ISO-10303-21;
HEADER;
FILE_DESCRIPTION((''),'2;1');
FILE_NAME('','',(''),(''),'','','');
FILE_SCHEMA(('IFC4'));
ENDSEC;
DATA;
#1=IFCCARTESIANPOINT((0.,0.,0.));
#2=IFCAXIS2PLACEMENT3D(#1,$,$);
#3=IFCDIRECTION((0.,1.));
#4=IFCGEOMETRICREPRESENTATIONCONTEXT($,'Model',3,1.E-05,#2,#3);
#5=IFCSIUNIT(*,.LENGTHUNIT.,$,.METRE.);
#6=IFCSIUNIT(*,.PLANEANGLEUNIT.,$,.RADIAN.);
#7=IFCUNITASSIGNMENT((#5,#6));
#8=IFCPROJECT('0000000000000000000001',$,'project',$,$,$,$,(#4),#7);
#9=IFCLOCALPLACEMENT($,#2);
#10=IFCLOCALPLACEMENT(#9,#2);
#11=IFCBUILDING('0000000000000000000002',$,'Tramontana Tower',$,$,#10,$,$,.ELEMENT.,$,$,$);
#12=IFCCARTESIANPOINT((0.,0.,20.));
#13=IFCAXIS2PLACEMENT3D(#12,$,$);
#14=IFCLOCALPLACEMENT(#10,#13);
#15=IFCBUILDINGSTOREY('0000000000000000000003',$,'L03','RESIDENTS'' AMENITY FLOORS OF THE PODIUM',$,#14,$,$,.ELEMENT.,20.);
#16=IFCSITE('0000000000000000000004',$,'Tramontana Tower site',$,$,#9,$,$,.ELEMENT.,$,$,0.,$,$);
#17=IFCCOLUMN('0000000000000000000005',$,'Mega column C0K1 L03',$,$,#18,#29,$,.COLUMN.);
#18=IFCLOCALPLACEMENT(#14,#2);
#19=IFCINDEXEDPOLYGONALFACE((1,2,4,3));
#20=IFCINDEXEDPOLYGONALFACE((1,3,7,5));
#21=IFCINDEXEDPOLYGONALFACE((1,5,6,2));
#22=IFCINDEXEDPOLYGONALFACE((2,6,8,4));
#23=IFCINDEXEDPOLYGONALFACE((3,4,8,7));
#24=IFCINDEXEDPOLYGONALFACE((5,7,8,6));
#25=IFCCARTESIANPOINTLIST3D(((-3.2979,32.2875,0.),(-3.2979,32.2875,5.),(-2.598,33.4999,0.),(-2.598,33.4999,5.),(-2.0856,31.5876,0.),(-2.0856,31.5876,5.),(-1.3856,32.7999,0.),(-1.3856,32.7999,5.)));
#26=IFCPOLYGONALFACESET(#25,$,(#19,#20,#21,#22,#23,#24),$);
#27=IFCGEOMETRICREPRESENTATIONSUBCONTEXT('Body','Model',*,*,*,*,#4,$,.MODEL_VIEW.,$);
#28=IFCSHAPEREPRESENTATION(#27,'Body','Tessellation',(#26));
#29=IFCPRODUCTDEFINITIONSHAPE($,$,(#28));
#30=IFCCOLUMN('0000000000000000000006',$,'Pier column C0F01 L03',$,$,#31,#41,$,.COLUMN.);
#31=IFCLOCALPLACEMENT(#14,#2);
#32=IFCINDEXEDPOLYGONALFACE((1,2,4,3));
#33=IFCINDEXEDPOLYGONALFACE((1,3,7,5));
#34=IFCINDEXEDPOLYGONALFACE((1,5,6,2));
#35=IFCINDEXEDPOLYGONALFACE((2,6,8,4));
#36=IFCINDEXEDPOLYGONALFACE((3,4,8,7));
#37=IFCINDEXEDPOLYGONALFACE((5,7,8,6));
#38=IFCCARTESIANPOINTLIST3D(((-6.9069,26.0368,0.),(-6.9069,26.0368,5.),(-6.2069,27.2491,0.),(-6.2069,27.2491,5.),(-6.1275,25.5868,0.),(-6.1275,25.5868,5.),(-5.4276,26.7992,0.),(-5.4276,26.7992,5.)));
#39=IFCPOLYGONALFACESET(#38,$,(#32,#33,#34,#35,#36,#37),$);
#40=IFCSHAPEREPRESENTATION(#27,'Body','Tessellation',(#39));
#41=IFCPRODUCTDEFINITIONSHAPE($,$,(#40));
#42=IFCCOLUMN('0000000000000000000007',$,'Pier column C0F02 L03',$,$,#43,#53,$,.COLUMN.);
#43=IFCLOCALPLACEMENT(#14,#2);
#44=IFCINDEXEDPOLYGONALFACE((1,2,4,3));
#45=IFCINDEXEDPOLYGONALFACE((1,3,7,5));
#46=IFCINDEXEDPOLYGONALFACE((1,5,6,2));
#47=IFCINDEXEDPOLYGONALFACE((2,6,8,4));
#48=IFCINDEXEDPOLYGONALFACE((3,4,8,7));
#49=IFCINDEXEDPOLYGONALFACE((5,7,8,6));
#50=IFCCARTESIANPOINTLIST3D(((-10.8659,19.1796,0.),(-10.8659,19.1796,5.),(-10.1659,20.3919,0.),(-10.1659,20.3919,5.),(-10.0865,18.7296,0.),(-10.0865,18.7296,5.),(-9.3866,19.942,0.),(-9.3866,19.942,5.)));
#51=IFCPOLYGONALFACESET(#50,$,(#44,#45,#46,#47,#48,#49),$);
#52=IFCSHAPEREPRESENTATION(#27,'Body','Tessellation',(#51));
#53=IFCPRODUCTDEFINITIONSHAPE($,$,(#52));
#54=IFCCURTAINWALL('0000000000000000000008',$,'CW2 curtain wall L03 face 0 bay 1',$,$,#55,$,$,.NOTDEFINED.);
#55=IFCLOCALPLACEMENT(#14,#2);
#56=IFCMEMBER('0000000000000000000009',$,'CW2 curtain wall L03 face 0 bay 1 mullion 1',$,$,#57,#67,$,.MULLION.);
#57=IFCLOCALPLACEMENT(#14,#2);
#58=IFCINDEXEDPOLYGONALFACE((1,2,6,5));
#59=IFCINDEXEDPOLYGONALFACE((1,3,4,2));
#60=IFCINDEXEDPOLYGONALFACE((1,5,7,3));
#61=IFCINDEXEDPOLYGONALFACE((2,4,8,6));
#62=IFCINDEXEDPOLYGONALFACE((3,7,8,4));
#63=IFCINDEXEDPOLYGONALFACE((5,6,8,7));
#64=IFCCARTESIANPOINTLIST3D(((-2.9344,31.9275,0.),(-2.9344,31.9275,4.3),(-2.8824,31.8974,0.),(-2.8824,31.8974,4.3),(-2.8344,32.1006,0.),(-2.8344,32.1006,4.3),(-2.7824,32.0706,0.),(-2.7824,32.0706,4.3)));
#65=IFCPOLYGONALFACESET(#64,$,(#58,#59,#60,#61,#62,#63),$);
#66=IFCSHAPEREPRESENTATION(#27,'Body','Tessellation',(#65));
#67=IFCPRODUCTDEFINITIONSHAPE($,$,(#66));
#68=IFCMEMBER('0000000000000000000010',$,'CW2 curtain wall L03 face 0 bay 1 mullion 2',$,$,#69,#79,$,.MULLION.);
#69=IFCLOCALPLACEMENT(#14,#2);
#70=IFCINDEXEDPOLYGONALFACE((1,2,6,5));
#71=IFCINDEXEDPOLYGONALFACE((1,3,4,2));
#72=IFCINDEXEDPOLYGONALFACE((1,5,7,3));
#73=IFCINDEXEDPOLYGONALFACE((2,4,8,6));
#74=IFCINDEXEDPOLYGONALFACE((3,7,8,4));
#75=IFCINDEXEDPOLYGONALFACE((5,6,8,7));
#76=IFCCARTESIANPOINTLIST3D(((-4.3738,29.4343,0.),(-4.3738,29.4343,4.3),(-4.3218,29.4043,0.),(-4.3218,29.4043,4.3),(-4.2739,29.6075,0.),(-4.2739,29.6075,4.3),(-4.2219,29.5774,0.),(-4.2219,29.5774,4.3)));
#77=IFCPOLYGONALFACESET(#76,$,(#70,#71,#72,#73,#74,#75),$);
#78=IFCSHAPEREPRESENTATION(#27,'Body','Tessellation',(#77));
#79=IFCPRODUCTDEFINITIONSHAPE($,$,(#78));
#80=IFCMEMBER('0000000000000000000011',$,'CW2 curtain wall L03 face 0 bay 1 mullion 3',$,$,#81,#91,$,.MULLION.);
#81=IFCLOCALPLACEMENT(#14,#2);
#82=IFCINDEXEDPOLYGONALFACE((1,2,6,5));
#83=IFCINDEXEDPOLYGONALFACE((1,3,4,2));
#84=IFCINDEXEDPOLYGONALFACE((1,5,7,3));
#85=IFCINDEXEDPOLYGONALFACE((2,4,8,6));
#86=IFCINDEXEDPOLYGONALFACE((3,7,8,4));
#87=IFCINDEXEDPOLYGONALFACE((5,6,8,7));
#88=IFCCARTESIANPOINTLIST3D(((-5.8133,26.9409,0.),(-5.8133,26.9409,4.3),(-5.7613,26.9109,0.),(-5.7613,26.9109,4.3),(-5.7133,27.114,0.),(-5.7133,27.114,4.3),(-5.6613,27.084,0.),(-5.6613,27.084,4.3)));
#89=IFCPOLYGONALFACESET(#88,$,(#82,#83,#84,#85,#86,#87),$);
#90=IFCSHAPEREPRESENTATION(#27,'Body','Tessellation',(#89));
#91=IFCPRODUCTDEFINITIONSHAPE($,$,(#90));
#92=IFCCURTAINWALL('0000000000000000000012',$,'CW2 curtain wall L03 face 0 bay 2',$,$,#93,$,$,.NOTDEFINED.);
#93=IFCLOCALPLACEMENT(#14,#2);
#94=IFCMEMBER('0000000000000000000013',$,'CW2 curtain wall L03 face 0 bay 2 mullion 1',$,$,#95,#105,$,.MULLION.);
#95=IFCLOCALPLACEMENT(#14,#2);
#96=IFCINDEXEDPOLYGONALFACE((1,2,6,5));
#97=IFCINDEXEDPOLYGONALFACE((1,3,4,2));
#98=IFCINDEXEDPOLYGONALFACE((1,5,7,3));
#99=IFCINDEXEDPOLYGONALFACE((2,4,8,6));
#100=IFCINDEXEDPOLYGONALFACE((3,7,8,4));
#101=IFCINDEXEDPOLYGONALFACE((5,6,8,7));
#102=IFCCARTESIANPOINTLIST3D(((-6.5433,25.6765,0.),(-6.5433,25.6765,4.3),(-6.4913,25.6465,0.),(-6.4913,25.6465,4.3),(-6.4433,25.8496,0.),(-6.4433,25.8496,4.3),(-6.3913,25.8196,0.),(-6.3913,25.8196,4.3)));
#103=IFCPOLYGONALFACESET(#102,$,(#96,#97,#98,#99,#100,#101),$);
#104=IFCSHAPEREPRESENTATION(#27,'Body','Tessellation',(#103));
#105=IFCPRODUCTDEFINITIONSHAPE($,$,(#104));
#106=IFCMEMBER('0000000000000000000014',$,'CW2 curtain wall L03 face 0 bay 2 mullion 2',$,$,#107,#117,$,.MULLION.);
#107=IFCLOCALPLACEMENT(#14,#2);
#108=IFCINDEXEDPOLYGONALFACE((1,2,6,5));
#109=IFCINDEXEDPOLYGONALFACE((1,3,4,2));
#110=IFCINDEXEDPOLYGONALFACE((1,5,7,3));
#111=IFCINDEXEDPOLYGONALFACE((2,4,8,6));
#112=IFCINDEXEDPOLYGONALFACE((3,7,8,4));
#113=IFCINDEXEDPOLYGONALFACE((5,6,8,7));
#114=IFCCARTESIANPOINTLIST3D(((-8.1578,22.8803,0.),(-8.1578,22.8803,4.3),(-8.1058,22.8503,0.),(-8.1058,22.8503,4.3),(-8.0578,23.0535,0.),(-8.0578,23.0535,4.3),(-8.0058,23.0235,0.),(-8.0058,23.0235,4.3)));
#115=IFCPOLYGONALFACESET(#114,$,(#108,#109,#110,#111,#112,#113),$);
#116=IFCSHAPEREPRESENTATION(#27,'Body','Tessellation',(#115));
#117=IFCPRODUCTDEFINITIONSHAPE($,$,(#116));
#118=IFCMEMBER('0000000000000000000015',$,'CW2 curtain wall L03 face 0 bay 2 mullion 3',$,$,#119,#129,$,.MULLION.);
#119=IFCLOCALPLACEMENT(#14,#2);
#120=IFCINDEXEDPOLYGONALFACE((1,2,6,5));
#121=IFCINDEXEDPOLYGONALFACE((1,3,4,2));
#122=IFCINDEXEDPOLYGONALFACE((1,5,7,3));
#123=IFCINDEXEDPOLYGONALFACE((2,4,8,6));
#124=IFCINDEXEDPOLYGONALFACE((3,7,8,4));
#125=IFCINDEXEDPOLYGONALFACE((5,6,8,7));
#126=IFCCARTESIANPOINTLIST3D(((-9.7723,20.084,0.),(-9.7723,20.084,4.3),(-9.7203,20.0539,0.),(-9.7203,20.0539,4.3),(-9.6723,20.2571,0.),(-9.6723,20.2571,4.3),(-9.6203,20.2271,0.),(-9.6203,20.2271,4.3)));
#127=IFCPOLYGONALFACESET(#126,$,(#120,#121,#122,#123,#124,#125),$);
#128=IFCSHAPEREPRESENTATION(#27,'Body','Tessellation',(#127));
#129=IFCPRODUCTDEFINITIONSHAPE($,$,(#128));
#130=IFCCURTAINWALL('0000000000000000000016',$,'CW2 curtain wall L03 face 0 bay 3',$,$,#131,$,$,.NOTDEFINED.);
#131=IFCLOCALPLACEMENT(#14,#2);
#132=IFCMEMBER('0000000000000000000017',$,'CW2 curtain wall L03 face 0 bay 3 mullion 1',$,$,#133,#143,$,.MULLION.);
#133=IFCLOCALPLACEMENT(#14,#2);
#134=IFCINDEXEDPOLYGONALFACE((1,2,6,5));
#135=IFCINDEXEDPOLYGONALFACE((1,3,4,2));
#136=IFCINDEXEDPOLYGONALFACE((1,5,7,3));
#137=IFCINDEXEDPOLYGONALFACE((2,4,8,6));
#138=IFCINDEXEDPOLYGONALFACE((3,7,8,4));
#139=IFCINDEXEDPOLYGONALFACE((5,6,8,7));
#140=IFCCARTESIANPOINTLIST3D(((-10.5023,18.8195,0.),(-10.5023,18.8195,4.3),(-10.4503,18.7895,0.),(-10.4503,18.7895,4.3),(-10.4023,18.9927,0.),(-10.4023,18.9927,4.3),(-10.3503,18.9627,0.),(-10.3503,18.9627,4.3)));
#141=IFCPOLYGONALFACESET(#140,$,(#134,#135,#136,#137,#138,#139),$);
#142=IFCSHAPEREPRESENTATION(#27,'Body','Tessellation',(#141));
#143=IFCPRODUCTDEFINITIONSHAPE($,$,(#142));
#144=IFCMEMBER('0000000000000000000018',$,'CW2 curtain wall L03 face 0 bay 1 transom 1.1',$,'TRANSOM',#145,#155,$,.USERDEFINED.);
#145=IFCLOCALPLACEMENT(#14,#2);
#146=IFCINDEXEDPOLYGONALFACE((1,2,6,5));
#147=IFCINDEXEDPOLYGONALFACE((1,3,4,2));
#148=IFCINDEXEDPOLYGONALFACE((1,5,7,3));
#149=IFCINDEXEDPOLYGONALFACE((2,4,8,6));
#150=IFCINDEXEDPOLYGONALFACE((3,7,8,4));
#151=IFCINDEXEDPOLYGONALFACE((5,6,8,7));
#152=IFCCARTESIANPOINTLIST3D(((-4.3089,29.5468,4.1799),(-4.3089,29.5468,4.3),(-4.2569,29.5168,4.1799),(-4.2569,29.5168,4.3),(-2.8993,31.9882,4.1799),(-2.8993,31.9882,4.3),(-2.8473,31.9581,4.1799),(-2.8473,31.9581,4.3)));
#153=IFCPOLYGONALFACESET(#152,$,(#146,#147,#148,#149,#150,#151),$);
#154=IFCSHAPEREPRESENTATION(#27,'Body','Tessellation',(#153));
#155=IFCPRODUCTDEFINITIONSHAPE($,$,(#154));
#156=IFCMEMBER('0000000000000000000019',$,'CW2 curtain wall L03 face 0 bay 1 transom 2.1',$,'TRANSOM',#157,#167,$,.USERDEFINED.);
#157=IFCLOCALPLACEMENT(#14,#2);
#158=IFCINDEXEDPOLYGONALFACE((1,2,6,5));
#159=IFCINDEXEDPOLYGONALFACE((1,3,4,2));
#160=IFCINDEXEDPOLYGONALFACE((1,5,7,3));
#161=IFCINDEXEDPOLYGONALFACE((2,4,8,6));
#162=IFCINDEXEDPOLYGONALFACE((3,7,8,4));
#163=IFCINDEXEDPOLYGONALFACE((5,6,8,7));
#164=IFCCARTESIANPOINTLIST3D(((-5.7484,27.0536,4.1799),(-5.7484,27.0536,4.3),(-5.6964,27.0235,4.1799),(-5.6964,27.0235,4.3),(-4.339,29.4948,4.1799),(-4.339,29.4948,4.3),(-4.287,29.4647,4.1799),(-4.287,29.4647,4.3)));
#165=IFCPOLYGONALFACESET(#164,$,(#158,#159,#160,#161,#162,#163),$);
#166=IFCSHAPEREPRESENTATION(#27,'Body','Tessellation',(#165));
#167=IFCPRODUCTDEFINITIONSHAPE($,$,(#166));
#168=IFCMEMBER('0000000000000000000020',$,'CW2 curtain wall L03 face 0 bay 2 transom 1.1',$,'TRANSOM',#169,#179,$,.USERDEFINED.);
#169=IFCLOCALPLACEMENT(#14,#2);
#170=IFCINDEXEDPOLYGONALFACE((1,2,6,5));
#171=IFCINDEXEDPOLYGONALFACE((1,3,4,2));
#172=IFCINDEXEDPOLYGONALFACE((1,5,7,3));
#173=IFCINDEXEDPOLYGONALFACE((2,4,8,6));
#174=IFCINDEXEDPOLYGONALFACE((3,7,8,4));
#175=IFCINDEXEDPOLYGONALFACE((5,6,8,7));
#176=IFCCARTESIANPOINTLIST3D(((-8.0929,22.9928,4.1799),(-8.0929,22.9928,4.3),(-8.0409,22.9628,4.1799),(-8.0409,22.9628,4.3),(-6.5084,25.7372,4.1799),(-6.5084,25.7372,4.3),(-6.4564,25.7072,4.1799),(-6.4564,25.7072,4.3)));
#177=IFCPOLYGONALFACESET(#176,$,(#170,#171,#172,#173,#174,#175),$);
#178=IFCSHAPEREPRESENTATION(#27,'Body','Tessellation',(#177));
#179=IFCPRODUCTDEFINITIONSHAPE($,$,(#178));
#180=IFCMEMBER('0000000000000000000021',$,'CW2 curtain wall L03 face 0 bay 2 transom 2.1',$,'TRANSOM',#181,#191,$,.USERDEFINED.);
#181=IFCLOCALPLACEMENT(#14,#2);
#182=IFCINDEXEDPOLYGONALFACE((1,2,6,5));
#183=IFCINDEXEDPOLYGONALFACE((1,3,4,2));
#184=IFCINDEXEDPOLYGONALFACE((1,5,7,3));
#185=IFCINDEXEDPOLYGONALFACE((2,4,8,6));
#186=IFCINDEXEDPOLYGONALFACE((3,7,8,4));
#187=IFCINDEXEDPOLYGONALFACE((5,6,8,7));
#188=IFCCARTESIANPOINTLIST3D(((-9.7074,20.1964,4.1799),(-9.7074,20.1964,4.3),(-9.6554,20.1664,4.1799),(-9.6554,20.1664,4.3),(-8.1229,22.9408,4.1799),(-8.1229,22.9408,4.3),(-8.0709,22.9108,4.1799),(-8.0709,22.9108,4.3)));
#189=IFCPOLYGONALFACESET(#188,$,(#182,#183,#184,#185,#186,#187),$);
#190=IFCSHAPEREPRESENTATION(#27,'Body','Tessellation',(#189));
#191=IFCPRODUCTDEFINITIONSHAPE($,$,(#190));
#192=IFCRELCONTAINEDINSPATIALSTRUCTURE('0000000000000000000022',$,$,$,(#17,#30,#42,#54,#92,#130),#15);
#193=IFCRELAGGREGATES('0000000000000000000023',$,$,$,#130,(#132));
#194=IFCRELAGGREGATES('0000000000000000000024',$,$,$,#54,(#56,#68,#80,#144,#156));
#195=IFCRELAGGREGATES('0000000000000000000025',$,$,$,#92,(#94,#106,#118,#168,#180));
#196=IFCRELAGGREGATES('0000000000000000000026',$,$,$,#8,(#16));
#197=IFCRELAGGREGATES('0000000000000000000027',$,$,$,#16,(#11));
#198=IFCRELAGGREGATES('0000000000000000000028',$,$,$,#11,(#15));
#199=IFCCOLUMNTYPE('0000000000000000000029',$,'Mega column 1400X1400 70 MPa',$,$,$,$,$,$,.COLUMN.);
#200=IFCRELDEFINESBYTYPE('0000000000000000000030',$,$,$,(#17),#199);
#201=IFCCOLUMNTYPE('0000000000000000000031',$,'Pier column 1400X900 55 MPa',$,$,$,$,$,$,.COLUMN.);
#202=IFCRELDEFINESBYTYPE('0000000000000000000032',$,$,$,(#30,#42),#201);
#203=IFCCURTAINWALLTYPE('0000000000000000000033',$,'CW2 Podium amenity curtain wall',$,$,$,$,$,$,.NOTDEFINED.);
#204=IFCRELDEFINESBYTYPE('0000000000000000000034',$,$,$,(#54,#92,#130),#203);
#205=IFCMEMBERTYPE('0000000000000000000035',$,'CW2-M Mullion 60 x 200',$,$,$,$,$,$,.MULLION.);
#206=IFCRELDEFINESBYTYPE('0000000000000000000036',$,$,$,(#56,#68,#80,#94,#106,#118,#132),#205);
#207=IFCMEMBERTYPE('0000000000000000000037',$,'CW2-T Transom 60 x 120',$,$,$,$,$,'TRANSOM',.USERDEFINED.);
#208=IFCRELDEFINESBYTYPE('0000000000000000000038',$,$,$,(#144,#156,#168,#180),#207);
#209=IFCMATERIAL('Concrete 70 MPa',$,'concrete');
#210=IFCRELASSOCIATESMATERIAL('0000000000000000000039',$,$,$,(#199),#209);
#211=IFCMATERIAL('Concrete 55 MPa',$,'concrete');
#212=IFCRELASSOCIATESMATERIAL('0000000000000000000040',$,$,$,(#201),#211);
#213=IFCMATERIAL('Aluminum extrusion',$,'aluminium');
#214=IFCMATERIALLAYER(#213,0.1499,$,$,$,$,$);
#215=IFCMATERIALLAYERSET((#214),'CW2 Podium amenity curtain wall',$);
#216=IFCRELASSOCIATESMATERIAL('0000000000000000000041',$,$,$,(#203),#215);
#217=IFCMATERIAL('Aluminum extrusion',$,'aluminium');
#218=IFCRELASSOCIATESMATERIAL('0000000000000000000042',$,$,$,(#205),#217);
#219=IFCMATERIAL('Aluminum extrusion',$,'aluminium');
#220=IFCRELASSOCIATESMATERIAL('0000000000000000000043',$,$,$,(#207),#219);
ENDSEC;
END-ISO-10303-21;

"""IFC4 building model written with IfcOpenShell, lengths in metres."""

from ifc_helpers import new_model, si_unit, direction, frame, origin, origin_2d, place, context, subcontext, project, spatial, rectangle, extrude, material, layer, layer_set, material_profile, profile_set, type_object, element, aggregate, save


model = new_model("IFC4")

# Units and contexts
model_context = context("Model", 3, precision=1e-05, world=origin(), true_north=direction((0.0, 1.0)))
body_context = subcontext(model_context, "Body", "Model", "MODEL_VIEW")
ifc_project = project(units=[si_unit("LENGTHUNIT", "METRE"), si_unit("PLANEANGLEUNIT", "RADIAN")], contexts=[model_context])

# Site, building, storey
site_placement = place(None, origin())
site = spatial("IfcSite", under=ifc_project, at=site_placement, Name="Tramontana Tower site", CompositionType="ELEMENT", RefElevation=0.0)
building_placement = place(site_placement, origin())
building = spatial("IfcBuilding", under=site, at=building_placement, Name="Tramontana Tower", CompositionType="ELEMENT")
storey_placement = place(building_placement, frame((0.0, 0.0, 20.0)))
storey = spatial("IfcBuildingStorey", under=building, at=storey_placement, Name="L03", Description="RESIDENTS' AMENITY FLOORS OF THE PODIUM", CompositionType="ELEMENT", Elevation=20.0)

# Columns
ifc_material_1 = material(Name="Concrete 70 MPa", Category="concrete")
ifc_material_profile_1 = material_profile(ifc_material_1, rectangle(XDim=1.3999, YDim=1.3999, at=origin_2d()), Name="Mega column 1400X1400 70 MPa")
ifc_profile_set_1 = profile_set([ifc_material_profile_1], Name="Concrete 70 MPa")
column_type_1 = type_object("IfcColumnType", Name="Mega column 1400X1400 70 MPa", PredefinedType="COLUMN", material=ifc_profile_set_1)
column_placement = place(storey_placement, frame((-2.3418, 32.5437, 0.0), z_axis=(0.0, 0.0, 1.0), x_axis=(-0.5, -0.866025, 0.0)))
element("IfcColumn", 1, at=column_placement, inside=storey, type_object=column_type_1, Name="Mega column C0K1 L03", PredefinedType="COLUMN", context=body_context, shape_type="SweptSolid", body=[
    extrude(rectangle(XDim=1.3999, YDim=1.3999, at=origin_2d()), origin(), (0.0, 0.0, 1.0), 5.0),
])
ifc_material_2 = material(Name="Concrete 55 MPa", Category="concrete")
ifc_material_profile_2 = material_profile(ifc_material_2, rectangle(XDim=1.3999, YDim=0.8999, at=origin_2d()), Name="Pier column 1400X900 55 MPa")
ifc_profile_set_2 = profile_set([ifc_material_profile_2], Name="Concrete 55 MPa")
column_type_2 = type_object("IfcColumnType", Name="Pier column 1400X900 55 MPa", PredefinedType="COLUMN", material=ifc_profile_set_2)
for number, where, z_axis, x_axis, name in (
    (2, (-6.1672, 26.418, 0.0), (0.0, 0.0, 1.0), (-0.5, -0.866025, 0.0), "Pier column C0F01 L03"),
    (3, (-10.1262, 19.5608, 0.0), (0.0, 0.0, 1.0), (-0.5, -0.866025, 0.0), "Pier column C0F02 L03"),
):
    element("IfcColumn", number, at=place(storey_placement, frame(where, z_axis=z_axis, x_axis=x_axis)), inside=storey, type_object=column_type_2, Name=name, PredefinedType="COLUMN", context=body_context, shape_type="SweptSolid", body=[
        extrude(rectangle(XDim=1.3999, YDim=0.8999, at=origin_2d()), origin(), (0.0, 0.0, 1.0), 5.0),
    ])

# Curtain walls, members
ifc_material_3 = material(Name="Aluminum extrusion", Category="aluminium")
ifc_layer_1 = layer(ifc_material_3, 0.1499)
ifc_layer_set_1 = layer_set([ifc_layer_1], Name="CW2 Podium amenity curtain wall")
curtain_wall_type = type_object("IfcCurtainWallType", Name="CW2 Podium amenity curtain wall", PredefinedType="NOTDEFINED", material=ifc_layer_set_1)
curtain_wall_1_placement = place(storey_placement, origin())
curtain_wall_1 = element("IfcCurtainWall", 4, at=curtain_wall_1_placement, inside=storey, type_object=curtain_wall_type, Name="CW2 curtain wall L03 face 0 bay 1", PredefinedType="NOTDEFINED")
ifc_material_4 = material(Name="Aluminum extrusion", Category="aluminium")
ifc_material_profile_3 = material_profile(ifc_material_4, rectangle(XDim=0.0601, YDim=0.2, at=origin_2d()), Name="CW2-M Mullion 60 x 200")
ifc_profile_set_3 = profile_set([ifc_material_profile_3], Name="Aluminum extrusion")
member_type_1 = type_object("IfcMemberType", Name="CW2-M Mullion 60 x 200", PredefinedType="MULLION", material=ifc_profile_set_3)
member_1_placement = place(storey_placement, frame((-2.8584, 31.999, 0.0), z_axis=(0.0, 0.0, 1.0), x_axis=(0.866025, -0.5, 0.0)))
member_1 = element("IfcMember", 5, at=member_1_placement, type_object=member_type_1, Name="CW2 curtain wall L03 face 0 bay 1 mullion 1", PredefinedType="MULLION", context=body_context, shape_type="SweptSolid", body=[
    extrude(rectangle(XDim=0.0601, YDim=0.2, at=origin_2d()), origin(), (0.0, 0.0, 1.0), 4.3),
])
member_2_placement = place(storey_placement, frame((-4.2979, 29.5059, 0.0), z_axis=(0.0, 0.0, 1.0), x_axis=(0.866025, -0.5, 0.0)))
member_2 = element("IfcMember", 6, at=member_2_placement, type_object=member_type_1, Name="CW2 curtain wall L03 face 0 bay 1 mullion 2", PredefinedType="MULLION", context=body_context, shape_type="SweptSolid", body=[
    extrude(rectangle(XDim=0.0601, YDim=0.2, at=origin_2d()), origin(), (0.0, 0.0, 1.0), 4.3),
])
member_3_placement = place(storey_placement, frame((-5.7373, 27.0125, 0.0), z_axis=(0.0, 0.0, 1.0), x_axis=(0.866025, -0.5, 0.0)))
member_3 = element("IfcMember", 7, at=member_3_placement, type_object=member_type_1, Name="CW2 curtain wall L03 face 0 bay 1 mullion 3", PredefinedType="MULLION", context=body_context, shape_type="SweptSolid", body=[
    extrude(rectangle(XDim=0.0601, YDim=0.2, at=origin_2d()), origin(), (0.0, 0.0, 1.0), 4.3),
])
curtain_wall_2_placement = place(storey_placement, origin())
curtain_wall_2 = element("IfcCurtainWall", 8, at=curtain_wall_2_placement, inside=storey, type_object=curtain_wall_type, Name="CW2 curtain wall L03 face 0 bay 2", PredefinedType="NOTDEFINED")
member_4_placement = place(storey_placement, frame((-6.4673, 25.748, 0.0), z_axis=(0.0, 0.0, 1.0), x_axis=(0.866025, -0.5, 0.0)))
member_4 = element("IfcMember", 9, at=member_4_placement, type_object=member_type_1, Name="CW2 curtain wall L03 face 0 bay 2 mullion 1", PredefinedType="MULLION", context=body_context, shape_type="SweptSolid", body=[
    extrude(rectangle(XDim=0.0601, YDim=0.2, at=origin_2d()), origin(), (0.0, 0.0, 1.0), 4.3),
])
member_5_placement = place(storey_placement, frame((-8.0818, 22.9519, 0.0), z_axis=(0.0, 0.0, 1.0), x_axis=(0.866025, -0.5, 0.0)))
member_5 = element("IfcMember", 10, at=member_5_placement, type_object=member_type_1, Name="CW2 curtain wall L03 face 0 bay 2 mullion 2", PredefinedType="MULLION", context=body_context, shape_type="SweptSolid", body=[
    extrude(rectangle(XDim=0.0601, YDim=0.2, at=origin_2d()), origin(), (0.0, 0.0, 1.0), 4.3),
])
member_6_placement = place(storey_placement, frame((-9.6963, 20.1555, 0.0), z_axis=(0.0, 0.0, 1.0), x_axis=(0.866025, -0.5, 0.0)))
member_6 = element("IfcMember", 11, at=member_6_placement, type_object=member_type_1, Name="CW2 curtain wall L03 face 0 bay 2 mullion 3", PredefinedType="MULLION", context=body_context, shape_type="SweptSolid", body=[
    extrude(rectangle(XDim=0.0601, YDim=0.2, at=origin_2d()), origin(), (0.0, 0.0, 1.0), 4.3),
])

# Curtain wall, member
curtain_wall_3_placement = place(storey_placement, origin())
curtain_wall_3 = element("IfcCurtainWall", 12, at=curtain_wall_3_placement, inside=storey, type_object=curtain_wall_type, Name="CW2 curtain wall L03 face 0 bay 3", PredefinedType="NOTDEFINED")
member_7_placement = place(storey_placement, frame((-10.4263, 18.8911, 0.0), z_axis=(0.0, 0.0, 1.0), x_axis=(0.866025, -0.5, 0.0)))
member_7 = element("IfcMember", 13, at=member_7_placement, type_object=member_type_1, Name="CW2 curtain wall L03 face 0 bay 3 mullion 1", PredefinedType="MULLION", context=body_context, shape_type="SweptSolid", body=[
    extrude(rectangle(XDim=0.0601, YDim=0.2, at=origin_2d()), origin(), (0.0, 0.0, 1.0), 4.3),
])
aggregate(curtain_wall_3, [member_7])

# Members
ifc_material_5 = material(Name="Aluminum extrusion", Category="aluminium")
ifc_material_profile_4 = material_profile(ifc_material_5, rectangle(XDim=0.0601, YDim=0.1201, at=origin_2d()), Name="CW2-T Transom 60 x 120")
ifc_profile_set_4 = profile_set([ifc_material_profile_4], Name="Aluminum extrusion")
member_type_2 = type_object("IfcMemberType", Name="CW2-T Transom 60 x 120", ElementType="TRANSOM", PredefinedType="USERDEFINED", material=ifc_profile_set_4)
member_8_placement = place(storey_placement, frame((-2.8733, 31.9731, 4.24), z_axis=(-0.500032, -0.866007, 0.0), x_axis=(0.866007, -0.500032, 0.0)))
member_8 = element("IfcMember", 14, at=member_8_placement, type_object=member_type_2, Name="CW2 curtain wall L03 face 0 bay 1 transom 1.1", ObjectType="TRANSOM", PredefinedType="USERDEFINED", context=body_context, shape_type="SweptSolid", body=[
    extrude(rectangle(XDim=0.0601, YDim=0.1201, at=origin_2d()), origin(), (0.0, 0.0, 1.0), 2.8191),
])
member_9_placement = place(storey_placement, frame((-4.313, 29.4797, 4.24), z_axis=(-0.500005, -0.866023, 0.0), x_axis=(0.866023, -0.500005, 0.0)))
member_9 = element("IfcMember", 15, at=member_9_placement, type_object=member_type_2, Name="CW2 curtain wall L03 face 0 bay 1 transom 2.1", ObjectType="TRANSOM", PredefinedType="USERDEFINED", context=body_context, shape_type="SweptSolid", body=[
    extrude(rectangle(XDim=0.0601, YDim=0.1201, at=origin_2d()), origin(), (0.0, 0.0, 1.0), 2.8188),
])
member_10_placement = place(storey_placement, frame((-6.4824, 25.7222, 4.24), z_axis=(-0.5, -0.866025, 0.0), x_axis=(0.866025, -0.5, 0.0)))
member_10 = element("IfcMember", 16, at=member_10_placement, type_object=member_type_2, Name="CW2 curtain wall L03 face 0 bay 2 transom 1.1", ObjectType="TRANSOM", PredefinedType="USERDEFINED", context=body_context, shape_type="SweptSolid", body=[
    extrude(rectangle(XDim=0.0601, YDim=0.1201, at=origin_2d()), origin(), (0.0, 0.0, 1.0), 3.1689),
])
member_11_placement = place(storey_placement, frame((-8.0969, 22.9258, 4.24), z_axis=(-0.5, -0.866025, 0.0), x_axis=(0.866025, -0.5, 0.0)))
member_11 = element("IfcMember", 17, at=member_11_placement, type_object=member_type_2, Name="CW2 curtain wall L03 face 0 bay 2 transom 2.1", ObjectType="TRANSOM", PredefinedType="USERDEFINED", context=body_context, shape_type="SweptSolid", body=[
    extrude(rectangle(XDim=0.0601, YDim=0.1201, at=origin_2d()), origin(), (0.0, 0.0, 1.0), 3.1689),
])

aggregate(curtain_wall_1, [member_1, member_2, member_3, member_8, member_9])
aggregate(curtain_wall_2, [member_4, member_5, member_6, member_10, member_11])

save(model, "model.ifc")
